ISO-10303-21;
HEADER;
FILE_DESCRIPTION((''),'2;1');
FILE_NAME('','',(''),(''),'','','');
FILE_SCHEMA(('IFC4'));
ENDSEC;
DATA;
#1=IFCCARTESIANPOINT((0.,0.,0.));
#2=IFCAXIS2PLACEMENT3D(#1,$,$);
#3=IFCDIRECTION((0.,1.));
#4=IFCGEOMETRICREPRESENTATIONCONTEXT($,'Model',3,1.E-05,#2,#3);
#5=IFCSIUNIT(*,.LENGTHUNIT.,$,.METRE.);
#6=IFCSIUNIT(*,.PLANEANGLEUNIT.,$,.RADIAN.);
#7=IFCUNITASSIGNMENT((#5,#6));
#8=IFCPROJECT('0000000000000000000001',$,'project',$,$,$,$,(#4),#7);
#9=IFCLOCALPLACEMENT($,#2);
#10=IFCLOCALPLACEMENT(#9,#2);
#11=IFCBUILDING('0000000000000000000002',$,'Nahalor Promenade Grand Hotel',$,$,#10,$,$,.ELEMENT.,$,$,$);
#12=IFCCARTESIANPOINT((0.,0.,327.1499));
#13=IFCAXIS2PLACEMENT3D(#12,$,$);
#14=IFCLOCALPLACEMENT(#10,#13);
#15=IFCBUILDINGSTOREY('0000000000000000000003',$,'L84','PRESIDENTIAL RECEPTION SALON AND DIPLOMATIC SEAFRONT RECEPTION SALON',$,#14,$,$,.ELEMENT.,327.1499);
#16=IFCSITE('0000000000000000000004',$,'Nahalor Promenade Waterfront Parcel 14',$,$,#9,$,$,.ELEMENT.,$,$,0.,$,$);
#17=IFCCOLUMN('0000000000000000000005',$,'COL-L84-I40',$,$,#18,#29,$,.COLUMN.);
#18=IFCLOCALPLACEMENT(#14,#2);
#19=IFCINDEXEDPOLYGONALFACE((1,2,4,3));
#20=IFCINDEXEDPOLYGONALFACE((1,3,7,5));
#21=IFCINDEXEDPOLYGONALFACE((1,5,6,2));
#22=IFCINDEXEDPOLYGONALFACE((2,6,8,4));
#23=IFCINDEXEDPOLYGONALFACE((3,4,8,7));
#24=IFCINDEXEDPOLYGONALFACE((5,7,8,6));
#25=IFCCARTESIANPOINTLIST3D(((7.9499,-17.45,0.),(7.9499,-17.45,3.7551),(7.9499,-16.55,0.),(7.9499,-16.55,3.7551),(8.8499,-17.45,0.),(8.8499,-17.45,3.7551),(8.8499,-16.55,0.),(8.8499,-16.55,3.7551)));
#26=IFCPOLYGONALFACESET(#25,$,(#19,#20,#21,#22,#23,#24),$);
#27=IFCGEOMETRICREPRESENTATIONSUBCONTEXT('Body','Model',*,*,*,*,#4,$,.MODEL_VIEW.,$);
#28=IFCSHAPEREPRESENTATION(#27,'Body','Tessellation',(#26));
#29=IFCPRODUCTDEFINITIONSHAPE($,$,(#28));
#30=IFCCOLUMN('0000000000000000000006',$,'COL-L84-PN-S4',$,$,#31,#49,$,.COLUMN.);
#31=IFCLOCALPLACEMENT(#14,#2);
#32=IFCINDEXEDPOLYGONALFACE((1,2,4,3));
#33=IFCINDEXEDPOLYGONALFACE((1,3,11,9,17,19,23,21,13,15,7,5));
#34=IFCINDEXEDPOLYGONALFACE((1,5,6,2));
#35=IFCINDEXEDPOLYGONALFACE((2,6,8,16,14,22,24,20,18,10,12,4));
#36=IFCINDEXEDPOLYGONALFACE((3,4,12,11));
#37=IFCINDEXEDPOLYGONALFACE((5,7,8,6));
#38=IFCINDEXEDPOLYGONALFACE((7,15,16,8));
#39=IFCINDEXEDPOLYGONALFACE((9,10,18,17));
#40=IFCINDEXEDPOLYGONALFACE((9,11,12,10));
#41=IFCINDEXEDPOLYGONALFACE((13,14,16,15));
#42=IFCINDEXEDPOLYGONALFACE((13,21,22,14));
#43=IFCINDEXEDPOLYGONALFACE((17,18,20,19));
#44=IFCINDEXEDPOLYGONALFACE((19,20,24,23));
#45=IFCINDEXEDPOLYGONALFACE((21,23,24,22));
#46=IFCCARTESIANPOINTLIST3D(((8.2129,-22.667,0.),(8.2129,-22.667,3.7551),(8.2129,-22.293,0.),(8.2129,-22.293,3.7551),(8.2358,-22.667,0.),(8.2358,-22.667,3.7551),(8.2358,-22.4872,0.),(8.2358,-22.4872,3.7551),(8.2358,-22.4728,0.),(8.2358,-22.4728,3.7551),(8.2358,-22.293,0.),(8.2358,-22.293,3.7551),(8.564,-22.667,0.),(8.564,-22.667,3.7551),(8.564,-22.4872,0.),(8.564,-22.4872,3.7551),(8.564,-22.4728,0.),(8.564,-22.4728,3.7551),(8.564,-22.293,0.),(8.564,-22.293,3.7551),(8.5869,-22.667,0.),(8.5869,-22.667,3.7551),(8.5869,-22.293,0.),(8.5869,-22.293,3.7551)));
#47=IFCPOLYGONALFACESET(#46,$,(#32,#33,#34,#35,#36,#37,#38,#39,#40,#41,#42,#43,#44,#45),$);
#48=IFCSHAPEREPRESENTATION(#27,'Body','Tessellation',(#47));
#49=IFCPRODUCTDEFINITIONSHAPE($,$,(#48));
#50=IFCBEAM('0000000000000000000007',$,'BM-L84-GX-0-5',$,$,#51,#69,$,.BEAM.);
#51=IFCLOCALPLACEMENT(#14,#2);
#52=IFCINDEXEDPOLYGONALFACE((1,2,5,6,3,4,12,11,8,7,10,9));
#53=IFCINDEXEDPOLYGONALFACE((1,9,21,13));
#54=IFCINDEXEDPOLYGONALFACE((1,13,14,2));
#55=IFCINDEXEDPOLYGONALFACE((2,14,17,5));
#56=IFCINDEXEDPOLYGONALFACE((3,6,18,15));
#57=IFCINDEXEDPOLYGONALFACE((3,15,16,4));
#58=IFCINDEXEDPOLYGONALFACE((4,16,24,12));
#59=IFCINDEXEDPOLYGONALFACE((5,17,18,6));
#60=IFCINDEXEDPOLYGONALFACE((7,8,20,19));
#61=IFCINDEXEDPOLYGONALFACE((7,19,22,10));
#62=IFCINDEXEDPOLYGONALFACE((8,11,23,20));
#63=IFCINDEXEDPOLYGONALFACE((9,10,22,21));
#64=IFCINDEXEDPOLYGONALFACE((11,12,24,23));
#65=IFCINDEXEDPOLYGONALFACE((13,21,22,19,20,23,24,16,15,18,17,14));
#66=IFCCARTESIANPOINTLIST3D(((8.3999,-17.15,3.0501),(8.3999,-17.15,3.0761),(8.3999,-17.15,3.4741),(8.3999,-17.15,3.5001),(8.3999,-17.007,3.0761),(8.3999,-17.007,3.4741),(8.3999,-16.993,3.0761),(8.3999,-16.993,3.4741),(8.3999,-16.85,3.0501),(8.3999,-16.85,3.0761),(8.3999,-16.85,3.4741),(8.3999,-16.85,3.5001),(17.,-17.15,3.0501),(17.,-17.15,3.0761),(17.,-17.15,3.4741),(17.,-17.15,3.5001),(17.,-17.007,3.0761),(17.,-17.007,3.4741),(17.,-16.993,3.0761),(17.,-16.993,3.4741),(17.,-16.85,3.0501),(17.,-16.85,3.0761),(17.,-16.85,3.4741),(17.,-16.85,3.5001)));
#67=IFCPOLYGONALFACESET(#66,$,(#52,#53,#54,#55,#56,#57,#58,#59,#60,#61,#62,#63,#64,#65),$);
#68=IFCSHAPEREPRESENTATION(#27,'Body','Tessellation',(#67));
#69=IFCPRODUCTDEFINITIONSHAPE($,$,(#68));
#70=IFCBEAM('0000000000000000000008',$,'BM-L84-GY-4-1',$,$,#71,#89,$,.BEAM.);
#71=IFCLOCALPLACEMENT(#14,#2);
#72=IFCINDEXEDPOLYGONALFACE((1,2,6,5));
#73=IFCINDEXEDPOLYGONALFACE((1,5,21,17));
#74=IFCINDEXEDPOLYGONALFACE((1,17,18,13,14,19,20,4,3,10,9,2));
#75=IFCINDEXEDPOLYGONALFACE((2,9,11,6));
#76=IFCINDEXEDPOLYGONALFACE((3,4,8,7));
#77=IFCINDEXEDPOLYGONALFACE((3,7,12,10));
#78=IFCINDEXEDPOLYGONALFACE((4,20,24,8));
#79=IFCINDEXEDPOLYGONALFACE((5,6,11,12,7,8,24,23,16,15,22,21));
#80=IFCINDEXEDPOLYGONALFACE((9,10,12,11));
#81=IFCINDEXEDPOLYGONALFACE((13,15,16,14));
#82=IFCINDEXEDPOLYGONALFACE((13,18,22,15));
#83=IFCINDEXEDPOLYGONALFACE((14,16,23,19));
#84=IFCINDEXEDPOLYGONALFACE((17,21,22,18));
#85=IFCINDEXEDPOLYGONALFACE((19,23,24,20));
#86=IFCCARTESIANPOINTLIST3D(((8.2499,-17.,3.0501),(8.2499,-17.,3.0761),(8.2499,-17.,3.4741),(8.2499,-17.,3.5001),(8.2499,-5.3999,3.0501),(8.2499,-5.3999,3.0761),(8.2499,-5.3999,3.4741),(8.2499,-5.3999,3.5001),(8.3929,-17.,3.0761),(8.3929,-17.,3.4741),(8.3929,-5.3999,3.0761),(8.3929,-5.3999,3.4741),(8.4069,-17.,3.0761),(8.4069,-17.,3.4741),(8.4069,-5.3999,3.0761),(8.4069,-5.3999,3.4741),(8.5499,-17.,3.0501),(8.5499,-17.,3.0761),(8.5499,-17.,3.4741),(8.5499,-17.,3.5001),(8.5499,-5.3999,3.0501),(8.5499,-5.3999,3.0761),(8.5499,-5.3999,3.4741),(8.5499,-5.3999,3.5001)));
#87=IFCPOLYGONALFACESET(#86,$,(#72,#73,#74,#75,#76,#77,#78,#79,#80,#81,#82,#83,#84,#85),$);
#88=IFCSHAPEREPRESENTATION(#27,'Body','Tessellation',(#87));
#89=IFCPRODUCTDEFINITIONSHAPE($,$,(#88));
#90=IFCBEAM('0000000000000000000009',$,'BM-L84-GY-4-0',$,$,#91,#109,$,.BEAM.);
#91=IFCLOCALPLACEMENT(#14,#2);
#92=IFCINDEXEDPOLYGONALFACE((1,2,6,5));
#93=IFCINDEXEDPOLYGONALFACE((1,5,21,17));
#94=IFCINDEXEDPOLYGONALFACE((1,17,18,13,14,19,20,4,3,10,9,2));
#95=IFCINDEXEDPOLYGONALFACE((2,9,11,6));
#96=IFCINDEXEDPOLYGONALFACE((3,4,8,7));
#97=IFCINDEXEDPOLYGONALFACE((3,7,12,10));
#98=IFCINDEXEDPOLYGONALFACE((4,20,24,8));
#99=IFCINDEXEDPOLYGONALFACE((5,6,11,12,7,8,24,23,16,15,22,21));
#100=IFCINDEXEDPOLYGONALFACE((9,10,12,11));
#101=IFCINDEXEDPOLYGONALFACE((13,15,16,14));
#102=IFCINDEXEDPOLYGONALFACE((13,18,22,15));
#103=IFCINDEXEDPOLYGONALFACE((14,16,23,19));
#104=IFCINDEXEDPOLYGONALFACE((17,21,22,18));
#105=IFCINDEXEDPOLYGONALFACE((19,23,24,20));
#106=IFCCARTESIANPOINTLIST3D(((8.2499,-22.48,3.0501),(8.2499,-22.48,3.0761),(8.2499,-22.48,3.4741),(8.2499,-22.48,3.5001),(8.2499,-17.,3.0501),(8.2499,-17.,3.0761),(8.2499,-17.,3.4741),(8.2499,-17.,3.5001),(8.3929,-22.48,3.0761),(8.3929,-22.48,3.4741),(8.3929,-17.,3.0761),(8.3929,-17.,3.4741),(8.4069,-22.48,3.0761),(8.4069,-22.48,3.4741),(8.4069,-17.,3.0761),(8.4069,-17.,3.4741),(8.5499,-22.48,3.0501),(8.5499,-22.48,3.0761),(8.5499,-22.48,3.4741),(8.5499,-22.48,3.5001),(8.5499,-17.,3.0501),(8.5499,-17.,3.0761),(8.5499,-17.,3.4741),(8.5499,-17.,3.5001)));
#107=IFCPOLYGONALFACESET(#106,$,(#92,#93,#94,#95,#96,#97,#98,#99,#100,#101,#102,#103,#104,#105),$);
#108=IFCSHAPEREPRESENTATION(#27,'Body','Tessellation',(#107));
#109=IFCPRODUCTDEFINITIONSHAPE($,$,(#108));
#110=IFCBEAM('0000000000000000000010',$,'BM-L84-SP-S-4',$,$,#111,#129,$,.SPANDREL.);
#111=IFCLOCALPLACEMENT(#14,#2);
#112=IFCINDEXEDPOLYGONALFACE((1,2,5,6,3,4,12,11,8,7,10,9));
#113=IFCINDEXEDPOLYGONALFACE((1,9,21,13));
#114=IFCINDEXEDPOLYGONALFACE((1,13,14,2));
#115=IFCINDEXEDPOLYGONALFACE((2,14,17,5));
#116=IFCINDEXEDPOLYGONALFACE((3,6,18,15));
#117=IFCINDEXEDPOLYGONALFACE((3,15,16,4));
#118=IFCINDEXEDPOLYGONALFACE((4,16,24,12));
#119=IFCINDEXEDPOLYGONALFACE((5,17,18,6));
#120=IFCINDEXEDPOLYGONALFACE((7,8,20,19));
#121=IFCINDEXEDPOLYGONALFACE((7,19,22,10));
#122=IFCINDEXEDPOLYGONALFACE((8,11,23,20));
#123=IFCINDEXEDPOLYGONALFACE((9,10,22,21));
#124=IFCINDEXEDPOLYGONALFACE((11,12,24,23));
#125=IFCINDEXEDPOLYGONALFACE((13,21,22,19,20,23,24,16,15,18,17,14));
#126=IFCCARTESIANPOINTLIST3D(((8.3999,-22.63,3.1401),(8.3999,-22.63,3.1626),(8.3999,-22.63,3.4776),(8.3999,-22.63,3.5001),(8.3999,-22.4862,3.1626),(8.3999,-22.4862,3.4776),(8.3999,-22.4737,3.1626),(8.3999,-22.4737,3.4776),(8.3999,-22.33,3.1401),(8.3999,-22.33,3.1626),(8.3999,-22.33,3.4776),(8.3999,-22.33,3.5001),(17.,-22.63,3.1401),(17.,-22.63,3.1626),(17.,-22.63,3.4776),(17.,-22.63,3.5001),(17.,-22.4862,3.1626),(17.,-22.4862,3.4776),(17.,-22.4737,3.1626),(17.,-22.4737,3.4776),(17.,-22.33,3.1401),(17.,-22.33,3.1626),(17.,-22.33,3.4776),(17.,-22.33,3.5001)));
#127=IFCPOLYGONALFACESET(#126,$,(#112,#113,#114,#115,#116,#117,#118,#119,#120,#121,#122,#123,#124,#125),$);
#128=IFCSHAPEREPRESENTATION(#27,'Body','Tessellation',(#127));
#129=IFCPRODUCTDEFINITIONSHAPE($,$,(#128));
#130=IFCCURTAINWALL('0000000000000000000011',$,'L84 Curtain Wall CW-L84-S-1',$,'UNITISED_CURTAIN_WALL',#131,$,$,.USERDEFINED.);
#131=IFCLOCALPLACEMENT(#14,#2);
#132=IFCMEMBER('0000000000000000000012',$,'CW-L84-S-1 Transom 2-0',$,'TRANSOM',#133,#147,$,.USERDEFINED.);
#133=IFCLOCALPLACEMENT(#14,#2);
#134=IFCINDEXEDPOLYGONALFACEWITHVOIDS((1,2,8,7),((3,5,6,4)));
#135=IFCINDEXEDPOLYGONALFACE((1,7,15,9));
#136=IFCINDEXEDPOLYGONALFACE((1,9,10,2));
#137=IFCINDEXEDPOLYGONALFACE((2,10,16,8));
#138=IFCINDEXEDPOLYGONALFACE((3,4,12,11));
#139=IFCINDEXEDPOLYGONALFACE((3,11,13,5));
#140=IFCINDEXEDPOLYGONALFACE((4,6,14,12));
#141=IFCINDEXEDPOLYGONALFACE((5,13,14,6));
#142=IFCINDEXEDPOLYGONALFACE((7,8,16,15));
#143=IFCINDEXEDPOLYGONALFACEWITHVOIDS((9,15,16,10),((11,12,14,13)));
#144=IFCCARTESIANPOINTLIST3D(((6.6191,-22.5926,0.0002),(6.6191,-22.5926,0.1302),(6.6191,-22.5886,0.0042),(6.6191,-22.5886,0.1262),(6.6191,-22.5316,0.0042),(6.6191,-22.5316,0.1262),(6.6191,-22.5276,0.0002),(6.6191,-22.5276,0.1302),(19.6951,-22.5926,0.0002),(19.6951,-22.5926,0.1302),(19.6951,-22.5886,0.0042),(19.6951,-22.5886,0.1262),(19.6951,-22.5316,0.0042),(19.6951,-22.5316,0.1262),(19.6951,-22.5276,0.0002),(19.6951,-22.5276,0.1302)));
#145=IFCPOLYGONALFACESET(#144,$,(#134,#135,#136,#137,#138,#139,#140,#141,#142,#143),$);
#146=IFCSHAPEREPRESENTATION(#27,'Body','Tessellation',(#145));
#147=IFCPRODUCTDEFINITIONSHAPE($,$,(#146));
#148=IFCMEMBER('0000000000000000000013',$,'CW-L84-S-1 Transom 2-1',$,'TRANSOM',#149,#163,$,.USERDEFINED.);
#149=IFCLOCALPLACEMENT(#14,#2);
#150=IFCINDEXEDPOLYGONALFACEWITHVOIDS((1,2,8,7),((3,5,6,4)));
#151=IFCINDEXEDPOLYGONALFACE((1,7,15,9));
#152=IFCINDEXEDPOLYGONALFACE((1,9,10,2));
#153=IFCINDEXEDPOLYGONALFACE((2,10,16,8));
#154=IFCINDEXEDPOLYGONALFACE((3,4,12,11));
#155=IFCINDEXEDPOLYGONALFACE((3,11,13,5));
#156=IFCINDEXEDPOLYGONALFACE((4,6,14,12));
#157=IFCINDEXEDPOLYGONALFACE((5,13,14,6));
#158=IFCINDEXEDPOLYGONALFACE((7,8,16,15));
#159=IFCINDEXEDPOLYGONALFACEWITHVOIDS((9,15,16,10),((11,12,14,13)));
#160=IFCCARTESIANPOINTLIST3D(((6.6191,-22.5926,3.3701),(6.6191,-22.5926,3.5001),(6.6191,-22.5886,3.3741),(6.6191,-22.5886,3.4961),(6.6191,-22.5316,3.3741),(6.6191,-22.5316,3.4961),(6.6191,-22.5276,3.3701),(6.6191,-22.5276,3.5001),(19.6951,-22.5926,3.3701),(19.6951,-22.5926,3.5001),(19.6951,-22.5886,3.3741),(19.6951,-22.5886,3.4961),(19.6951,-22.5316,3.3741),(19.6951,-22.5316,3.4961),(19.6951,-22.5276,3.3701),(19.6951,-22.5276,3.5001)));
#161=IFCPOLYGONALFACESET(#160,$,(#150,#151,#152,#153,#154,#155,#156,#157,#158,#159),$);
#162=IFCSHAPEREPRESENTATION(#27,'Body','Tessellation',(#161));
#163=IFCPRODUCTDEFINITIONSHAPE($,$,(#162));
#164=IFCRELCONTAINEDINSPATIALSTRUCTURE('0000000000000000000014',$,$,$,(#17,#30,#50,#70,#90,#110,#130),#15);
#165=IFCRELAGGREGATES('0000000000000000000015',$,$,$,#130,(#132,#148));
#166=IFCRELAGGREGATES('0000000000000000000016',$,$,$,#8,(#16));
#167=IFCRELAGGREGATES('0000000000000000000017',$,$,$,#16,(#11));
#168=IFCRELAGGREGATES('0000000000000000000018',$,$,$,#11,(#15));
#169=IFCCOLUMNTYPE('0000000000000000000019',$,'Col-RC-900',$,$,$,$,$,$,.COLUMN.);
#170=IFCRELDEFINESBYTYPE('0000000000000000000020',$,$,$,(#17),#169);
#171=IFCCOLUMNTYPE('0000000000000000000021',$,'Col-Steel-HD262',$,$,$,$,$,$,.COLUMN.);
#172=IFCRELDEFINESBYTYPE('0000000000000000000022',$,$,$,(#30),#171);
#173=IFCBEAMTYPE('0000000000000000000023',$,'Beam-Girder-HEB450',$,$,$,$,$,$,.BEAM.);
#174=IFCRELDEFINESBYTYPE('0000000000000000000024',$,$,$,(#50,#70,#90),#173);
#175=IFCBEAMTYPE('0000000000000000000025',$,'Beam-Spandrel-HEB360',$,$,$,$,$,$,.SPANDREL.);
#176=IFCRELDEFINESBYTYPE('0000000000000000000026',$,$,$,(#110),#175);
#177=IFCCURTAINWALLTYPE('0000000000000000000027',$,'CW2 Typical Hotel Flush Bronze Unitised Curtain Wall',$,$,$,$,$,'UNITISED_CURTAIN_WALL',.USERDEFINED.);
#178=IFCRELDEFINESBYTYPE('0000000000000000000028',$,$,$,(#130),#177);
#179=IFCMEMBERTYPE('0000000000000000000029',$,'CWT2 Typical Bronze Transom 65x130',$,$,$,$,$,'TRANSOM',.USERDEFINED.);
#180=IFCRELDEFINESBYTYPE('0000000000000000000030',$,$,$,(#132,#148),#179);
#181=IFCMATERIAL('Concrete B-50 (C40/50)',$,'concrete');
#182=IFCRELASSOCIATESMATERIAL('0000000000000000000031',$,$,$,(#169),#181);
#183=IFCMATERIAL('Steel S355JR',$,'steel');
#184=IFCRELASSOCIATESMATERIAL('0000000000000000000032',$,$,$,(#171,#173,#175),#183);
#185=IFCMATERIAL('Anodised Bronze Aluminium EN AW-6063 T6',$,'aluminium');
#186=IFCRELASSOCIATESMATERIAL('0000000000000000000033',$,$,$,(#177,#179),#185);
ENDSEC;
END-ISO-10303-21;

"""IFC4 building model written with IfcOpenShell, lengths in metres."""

from ifc_helpers import new_model, si_unit, direction, frame, origin, origin_2d, place, context, subcontext, project, spatial, rectangle, hollow_rectangle, i_section, extrude, source, transform, mapped, material, material_profile, profile_set, type_object, element, aggregate, save


model = new_model("IFC4")

# Units and contexts
model_context = context("Model", 3, precision=1e-05, world=origin(), true_north=direction((0.0, 1.0)))
body_context = subcontext(model_context, "Body", "Model", "MODEL_VIEW")
ifc_project = project(units=[si_unit("LENGTHUNIT", "METRE"), si_unit("PLANEANGLEUNIT", "RADIAN")], contexts=[model_context])

# Site, building, storey
site_placement = place(None, origin())
site = spatial("IfcSite", under=ifc_project, at=site_placement, Name="Nahalor Promenade Waterfront Parcel 14", CompositionType="ELEMENT", RefElevation=0.0)
building_placement = place(site_placement, origin())
building = spatial("IfcBuilding", under=site, at=building_placement, Name="Nahalor Promenade Grand Hotel", CompositionType="ELEMENT")
storey_placement = place(building_placement, frame((0.0, 0.0, 327.1499)))
storey = spatial("IfcBuildingStorey", under=building, at=storey_placement, Name="L84", Description="PRESIDENTIAL RECEPTION SALON AND DIPLOMATIC SEAFRONT RECEPTION SALON", CompositionType="ELEMENT", Elevation=327.1499)

# Columns
ifc_material_1 = material(Name="Concrete B-50 (C40/50)", Category="concrete")
ifc_material_profile_1 = material_profile(ifc_material_1, rectangle(XDim=0.9, YDim=0.9, at=origin_2d()), Name="RC 900x900")
ifc_profile_set_1 = profile_set([ifc_material_profile_1], Name="Concrete B-50 (C40/50)")
column_type_1 = type_object("IfcColumnType", Name="Col-RC-900", PredefinedType="COLUMN", material=ifc_profile_set_1)
shared_shape_1 = source(origin(), body_context, "Body", "SweptSolid", [
    extrude(rectangle(XDim=0.9, YDim=0.9, at=origin_2d()), origin(), (0.0, 0.0, 1.0), 3.7551),
])
column_1_placement = place(storey_placement, frame((8.3999, -17.0, 0.0), z_axis=(0.0, 0.0, 1.0), x_axis=(1.0, 0.0, 0.0)))
element("IfcColumn", 1, at=column_1_placement, inside=storey, type_object=column_type_1, Name="COL-L84-I40", PredefinedType="COLUMN", context=body_context, shape_type="MappedRepresentation", body=[
    mapped(shared_shape_1, transform((0.0, 0.0, 0.0), scale=1.0)),
])
ifc_material_2 = material(Name="Steel S355JR", Category="steel")
ifc_material_profile_2 = material_profile(ifc_material_2, i_section(OverallWidth=0.374, OverallDepth=0.374, WebThickness=0.0144, FlangeThickness=0.0229, at=origin_2d()), Name="HD 360x262")
ifc_profile_set_2 = profile_set([ifc_material_profile_2], Name="Steel S355JR")
column_type_2 = type_object("IfcColumnType", Name="Col-Steel-HD262", PredefinedType="COLUMN", material=ifc_profile_set_2)
shared_shape_2 = source(origin(), body_context, "Body", "SweptSolid", [
    extrude(i_section(OverallWidth=0.374, OverallDepth=0.374, WebThickness=0.0144, FlangeThickness=0.0229, at=origin_2d()), origin(), (0.0, 0.0, 1.0), 3.7551),
])
column_2_placement = place(storey_placement, frame((8.3999, -22.48, 0.0), z_axis=(0.0, 0.0, 1.0), x_axis=(0.0, 1.0, 0.0)))
element("IfcColumn", 2, at=column_2_placement, inside=storey, type_object=column_type_2, Name="COL-L84-PN-S4", PredefinedType="COLUMN", context=body_context, shape_type="MappedRepresentation", body=[
    mapped(shared_shape_2, transform((0.0, 0.0, 0.0), scale=1.0)),
])

# Beams
ifc_material_profile_3 = material_profile(ifc_material_2, i_section(OverallWidth=0.3, OverallDepth=0.45, WebThickness=0.014, FlangeThickness=0.026, at=origin_2d()), Name="HEB 450")
ifc_profile_set_3 = profile_set([ifc_material_profile_3], Name="Steel S355JR")
beam_type_1 = type_object("IfcBeamType", Name="Beam-Girder-HEB450", PredefinedType="BEAM", material=ifc_profile_set_3)
shared_shape_3 = source(origin(), body_context, "Body", "SweptSolid", [
    extrude(i_section(OverallWidth=0.3, OverallDepth=0.45, WebThickness=0.014, FlangeThickness=0.026, at=origin_2d()), origin(), (0.0, 0.0, 1.0), 8.6001),
])
beam_1_placement = place(storey_placement, frame((8.3999, -17.0, 3.2751), z_axis=(1.0, 0.0, 0.0), x_axis=(0.0, 1.0, 0.0)))
element("IfcBeam", 3, at=beam_1_placement, inside=storey, type_object=beam_type_1, Name="BM-L84-GX-0-5", PredefinedType="BEAM", context=body_context, shape_type="MappedRepresentation", body=[
    mapped(shared_shape_3, transform((0.0, 0.0, 0.0), scale=1.0)),
])
shared_shape_4 = source(origin(), body_context, "Body", "SweptSolid", [
    extrude(i_section(OverallWidth=0.3, OverallDepth=0.45, WebThickness=0.014, FlangeThickness=0.026, at=origin_2d()), origin(), (0.0, 0.0, 1.0), 11.6001),
])
beam_2_placement = place(storey_placement, frame((8.3999, -17.0, 3.2751), z_axis=(0.0, 1.0, 0.0), x_axis=(-1.0, 0.0, 0.0)))
element("IfcBeam", 4, at=beam_2_placement, inside=storey, type_object=beam_type_1, Name="BM-L84-GY-4-1", PredefinedType="BEAM", context=body_context, shape_type="MappedRepresentation", body=[
    mapped(shared_shape_4, transform((0.0, 0.0, 0.0), scale=1.0)),
])
shared_shape_5 = source(origin(), body_context, "Body", "SweptSolid", [
    extrude(i_section(OverallWidth=0.3, OverallDepth=0.45, WebThickness=0.014, FlangeThickness=0.026, at=origin_2d()), origin(), (0.0, 0.0, 1.0), 5.48),
])
beam_3_placement = place(storey_placement, frame((8.3999, -22.48, 3.2751), z_axis=(0.0, 1.0, 0.0), x_axis=(-1.0, 0.0, 0.0)))
element("IfcBeam", 5, at=beam_3_placement, inside=storey, type_object=beam_type_1, Name="BM-L84-GY-4-0", PredefinedType="BEAM", context=body_context, shape_type="MappedRepresentation", body=[
    mapped(shared_shape_5, transform((0.0, 0.0, 0.0), scale=1.0)),
])
ifc_material_profile_4 = material_profile(ifc_material_2, i_section(OverallWidth=0.3, OverallDepth=0.36, WebThickness=0.0125, FlangeThickness=0.0225, at=origin_2d()), Name="HEB 360")
ifc_profile_set_4 = profile_set([ifc_material_profile_4], Name="Steel S355JR")
beam_type_2 = type_object("IfcBeamType", Name="Beam-Spandrel-HEB360", PredefinedType="SPANDREL", material=ifc_profile_set_4)
shared_shape_6 = source(origin(), body_context, "Body", "SweptSolid", [
    extrude(i_section(OverallWidth=0.3, OverallDepth=0.36, WebThickness=0.0125, FlangeThickness=0.0225, at=origin_2d()), origin(), (0.0, 0.0, 1.0), 8.6001),
])
beam_4_placement = place(storey_placement, frame((8.3999, -22.48, 3.3201), z_axis=(1.0, 0.0, 0.0), x_axis=(0.0, 1.0, 0.0)))
element("IfcBeam", 6, at=beam_4_placement, inside=storey, type_object=beam_type_2, Name="BM-L84-SP-S-4", PredefinedType="SPANDREL", context=body_context, shape_type="MappedRepresentation", body=[
    mapped(shared_shape_6, transform((0.0, 0.0, 0.0), scale=1.0)),
])

# Curtain wall, members
ifc_material_3 = material(Name="Anodised Bronze Aluminium EN AW-6063 T6", Category="aluminium")
curtain_wall_type = type_object("IfcCurtainWallType", Name="CW2 Typical Hotel Flush Bronze Unitised Curtain Wall", ElementType="UNITISED_CURTAIN_WALL", PredefinedType="USERDEFINED", material=ifc_material_3)
curtain_wall_placement = place(storey_placement, origin())
curtain_wall = element("IfcCurtainWall", 7, at=curtain_wall_placement, inside=storey, type_object=curtain_wall_type, Name="L84 Curtain Wall CW-L84-S-1", ObjectType="UNITISED_CURTAIN_WALL", PredefinedType="USERDEFINED")
ifc_material_profile_5 = material_profile(ifc_material_3, hollow_rectangle(XDim=0.065, YDim=0.13, WallThickness=0.004, at=origin_2d()), Name="CWT 65x130x4")
ifc_profile_set_5 = profile_set([ifc_material_profile_5], Name="Anodised Bronze Aluminium EN AW-6063 T6")
member_type_1 = type_object("IfcMemberType", Name="CWT2 Typical Bronze Transom 65x130", ElementType="TRANSOM", PredefinedType="USERDEFINED", material=ifc_profile_set_5)
shared_shape_7 = source(origin(), body_context, "Body", "SweptSolid", [
    extrude(hollow_rectangle(XDim=0.065, YDim=0.13, WallThickness=0.004, at=origin_2d()), origin(), (0.0, 0.0, 1.0), 13.0759),
])
member_1_placement = place(storey_placement, frame((6.6191, -22.5601, 0.0652), z_axis=(1.0, 0.0, 0.0), x_axis=(0.0, 1.0, 0.0)))
member_1 = element("IfcMember", 8, at=member_1_placement, type_object=member_type_1, Name="CW-L84-S-1 Transom 2-0", ObjectType="TRANSOM", PredefinedType="USERDEFINED", context=body_context, shape_type="MappedRepresentation", body=[
    mapped(shared_shape_7, transform((0.0, 0.0, 0.0), scale=1.0)),
])
member_2_placement = place(storey_placement, frame((6.6191, -22.5601, 3.4351), z_axis=(1.0, 0.0, 0.0), x_axis=(0.0, 1.0, 0.0)))
member_2 = element("IfcMember", 9, at=member_2_placement, type_object=member_type_1, Name="CW-L84-S-1 Transom 2-1", ObjectType="TRANSOM", PredefinedType="USERDEFINED", context=body_context, shape_type="MappedRepresentation", body=[
    mapped(shared_shape_7, transform((0.0, 0.0, 0.0), scale=1.0)),
])
aggregate(curtain_wall, [member_1, member_2])

save(model, "model.ifc")
